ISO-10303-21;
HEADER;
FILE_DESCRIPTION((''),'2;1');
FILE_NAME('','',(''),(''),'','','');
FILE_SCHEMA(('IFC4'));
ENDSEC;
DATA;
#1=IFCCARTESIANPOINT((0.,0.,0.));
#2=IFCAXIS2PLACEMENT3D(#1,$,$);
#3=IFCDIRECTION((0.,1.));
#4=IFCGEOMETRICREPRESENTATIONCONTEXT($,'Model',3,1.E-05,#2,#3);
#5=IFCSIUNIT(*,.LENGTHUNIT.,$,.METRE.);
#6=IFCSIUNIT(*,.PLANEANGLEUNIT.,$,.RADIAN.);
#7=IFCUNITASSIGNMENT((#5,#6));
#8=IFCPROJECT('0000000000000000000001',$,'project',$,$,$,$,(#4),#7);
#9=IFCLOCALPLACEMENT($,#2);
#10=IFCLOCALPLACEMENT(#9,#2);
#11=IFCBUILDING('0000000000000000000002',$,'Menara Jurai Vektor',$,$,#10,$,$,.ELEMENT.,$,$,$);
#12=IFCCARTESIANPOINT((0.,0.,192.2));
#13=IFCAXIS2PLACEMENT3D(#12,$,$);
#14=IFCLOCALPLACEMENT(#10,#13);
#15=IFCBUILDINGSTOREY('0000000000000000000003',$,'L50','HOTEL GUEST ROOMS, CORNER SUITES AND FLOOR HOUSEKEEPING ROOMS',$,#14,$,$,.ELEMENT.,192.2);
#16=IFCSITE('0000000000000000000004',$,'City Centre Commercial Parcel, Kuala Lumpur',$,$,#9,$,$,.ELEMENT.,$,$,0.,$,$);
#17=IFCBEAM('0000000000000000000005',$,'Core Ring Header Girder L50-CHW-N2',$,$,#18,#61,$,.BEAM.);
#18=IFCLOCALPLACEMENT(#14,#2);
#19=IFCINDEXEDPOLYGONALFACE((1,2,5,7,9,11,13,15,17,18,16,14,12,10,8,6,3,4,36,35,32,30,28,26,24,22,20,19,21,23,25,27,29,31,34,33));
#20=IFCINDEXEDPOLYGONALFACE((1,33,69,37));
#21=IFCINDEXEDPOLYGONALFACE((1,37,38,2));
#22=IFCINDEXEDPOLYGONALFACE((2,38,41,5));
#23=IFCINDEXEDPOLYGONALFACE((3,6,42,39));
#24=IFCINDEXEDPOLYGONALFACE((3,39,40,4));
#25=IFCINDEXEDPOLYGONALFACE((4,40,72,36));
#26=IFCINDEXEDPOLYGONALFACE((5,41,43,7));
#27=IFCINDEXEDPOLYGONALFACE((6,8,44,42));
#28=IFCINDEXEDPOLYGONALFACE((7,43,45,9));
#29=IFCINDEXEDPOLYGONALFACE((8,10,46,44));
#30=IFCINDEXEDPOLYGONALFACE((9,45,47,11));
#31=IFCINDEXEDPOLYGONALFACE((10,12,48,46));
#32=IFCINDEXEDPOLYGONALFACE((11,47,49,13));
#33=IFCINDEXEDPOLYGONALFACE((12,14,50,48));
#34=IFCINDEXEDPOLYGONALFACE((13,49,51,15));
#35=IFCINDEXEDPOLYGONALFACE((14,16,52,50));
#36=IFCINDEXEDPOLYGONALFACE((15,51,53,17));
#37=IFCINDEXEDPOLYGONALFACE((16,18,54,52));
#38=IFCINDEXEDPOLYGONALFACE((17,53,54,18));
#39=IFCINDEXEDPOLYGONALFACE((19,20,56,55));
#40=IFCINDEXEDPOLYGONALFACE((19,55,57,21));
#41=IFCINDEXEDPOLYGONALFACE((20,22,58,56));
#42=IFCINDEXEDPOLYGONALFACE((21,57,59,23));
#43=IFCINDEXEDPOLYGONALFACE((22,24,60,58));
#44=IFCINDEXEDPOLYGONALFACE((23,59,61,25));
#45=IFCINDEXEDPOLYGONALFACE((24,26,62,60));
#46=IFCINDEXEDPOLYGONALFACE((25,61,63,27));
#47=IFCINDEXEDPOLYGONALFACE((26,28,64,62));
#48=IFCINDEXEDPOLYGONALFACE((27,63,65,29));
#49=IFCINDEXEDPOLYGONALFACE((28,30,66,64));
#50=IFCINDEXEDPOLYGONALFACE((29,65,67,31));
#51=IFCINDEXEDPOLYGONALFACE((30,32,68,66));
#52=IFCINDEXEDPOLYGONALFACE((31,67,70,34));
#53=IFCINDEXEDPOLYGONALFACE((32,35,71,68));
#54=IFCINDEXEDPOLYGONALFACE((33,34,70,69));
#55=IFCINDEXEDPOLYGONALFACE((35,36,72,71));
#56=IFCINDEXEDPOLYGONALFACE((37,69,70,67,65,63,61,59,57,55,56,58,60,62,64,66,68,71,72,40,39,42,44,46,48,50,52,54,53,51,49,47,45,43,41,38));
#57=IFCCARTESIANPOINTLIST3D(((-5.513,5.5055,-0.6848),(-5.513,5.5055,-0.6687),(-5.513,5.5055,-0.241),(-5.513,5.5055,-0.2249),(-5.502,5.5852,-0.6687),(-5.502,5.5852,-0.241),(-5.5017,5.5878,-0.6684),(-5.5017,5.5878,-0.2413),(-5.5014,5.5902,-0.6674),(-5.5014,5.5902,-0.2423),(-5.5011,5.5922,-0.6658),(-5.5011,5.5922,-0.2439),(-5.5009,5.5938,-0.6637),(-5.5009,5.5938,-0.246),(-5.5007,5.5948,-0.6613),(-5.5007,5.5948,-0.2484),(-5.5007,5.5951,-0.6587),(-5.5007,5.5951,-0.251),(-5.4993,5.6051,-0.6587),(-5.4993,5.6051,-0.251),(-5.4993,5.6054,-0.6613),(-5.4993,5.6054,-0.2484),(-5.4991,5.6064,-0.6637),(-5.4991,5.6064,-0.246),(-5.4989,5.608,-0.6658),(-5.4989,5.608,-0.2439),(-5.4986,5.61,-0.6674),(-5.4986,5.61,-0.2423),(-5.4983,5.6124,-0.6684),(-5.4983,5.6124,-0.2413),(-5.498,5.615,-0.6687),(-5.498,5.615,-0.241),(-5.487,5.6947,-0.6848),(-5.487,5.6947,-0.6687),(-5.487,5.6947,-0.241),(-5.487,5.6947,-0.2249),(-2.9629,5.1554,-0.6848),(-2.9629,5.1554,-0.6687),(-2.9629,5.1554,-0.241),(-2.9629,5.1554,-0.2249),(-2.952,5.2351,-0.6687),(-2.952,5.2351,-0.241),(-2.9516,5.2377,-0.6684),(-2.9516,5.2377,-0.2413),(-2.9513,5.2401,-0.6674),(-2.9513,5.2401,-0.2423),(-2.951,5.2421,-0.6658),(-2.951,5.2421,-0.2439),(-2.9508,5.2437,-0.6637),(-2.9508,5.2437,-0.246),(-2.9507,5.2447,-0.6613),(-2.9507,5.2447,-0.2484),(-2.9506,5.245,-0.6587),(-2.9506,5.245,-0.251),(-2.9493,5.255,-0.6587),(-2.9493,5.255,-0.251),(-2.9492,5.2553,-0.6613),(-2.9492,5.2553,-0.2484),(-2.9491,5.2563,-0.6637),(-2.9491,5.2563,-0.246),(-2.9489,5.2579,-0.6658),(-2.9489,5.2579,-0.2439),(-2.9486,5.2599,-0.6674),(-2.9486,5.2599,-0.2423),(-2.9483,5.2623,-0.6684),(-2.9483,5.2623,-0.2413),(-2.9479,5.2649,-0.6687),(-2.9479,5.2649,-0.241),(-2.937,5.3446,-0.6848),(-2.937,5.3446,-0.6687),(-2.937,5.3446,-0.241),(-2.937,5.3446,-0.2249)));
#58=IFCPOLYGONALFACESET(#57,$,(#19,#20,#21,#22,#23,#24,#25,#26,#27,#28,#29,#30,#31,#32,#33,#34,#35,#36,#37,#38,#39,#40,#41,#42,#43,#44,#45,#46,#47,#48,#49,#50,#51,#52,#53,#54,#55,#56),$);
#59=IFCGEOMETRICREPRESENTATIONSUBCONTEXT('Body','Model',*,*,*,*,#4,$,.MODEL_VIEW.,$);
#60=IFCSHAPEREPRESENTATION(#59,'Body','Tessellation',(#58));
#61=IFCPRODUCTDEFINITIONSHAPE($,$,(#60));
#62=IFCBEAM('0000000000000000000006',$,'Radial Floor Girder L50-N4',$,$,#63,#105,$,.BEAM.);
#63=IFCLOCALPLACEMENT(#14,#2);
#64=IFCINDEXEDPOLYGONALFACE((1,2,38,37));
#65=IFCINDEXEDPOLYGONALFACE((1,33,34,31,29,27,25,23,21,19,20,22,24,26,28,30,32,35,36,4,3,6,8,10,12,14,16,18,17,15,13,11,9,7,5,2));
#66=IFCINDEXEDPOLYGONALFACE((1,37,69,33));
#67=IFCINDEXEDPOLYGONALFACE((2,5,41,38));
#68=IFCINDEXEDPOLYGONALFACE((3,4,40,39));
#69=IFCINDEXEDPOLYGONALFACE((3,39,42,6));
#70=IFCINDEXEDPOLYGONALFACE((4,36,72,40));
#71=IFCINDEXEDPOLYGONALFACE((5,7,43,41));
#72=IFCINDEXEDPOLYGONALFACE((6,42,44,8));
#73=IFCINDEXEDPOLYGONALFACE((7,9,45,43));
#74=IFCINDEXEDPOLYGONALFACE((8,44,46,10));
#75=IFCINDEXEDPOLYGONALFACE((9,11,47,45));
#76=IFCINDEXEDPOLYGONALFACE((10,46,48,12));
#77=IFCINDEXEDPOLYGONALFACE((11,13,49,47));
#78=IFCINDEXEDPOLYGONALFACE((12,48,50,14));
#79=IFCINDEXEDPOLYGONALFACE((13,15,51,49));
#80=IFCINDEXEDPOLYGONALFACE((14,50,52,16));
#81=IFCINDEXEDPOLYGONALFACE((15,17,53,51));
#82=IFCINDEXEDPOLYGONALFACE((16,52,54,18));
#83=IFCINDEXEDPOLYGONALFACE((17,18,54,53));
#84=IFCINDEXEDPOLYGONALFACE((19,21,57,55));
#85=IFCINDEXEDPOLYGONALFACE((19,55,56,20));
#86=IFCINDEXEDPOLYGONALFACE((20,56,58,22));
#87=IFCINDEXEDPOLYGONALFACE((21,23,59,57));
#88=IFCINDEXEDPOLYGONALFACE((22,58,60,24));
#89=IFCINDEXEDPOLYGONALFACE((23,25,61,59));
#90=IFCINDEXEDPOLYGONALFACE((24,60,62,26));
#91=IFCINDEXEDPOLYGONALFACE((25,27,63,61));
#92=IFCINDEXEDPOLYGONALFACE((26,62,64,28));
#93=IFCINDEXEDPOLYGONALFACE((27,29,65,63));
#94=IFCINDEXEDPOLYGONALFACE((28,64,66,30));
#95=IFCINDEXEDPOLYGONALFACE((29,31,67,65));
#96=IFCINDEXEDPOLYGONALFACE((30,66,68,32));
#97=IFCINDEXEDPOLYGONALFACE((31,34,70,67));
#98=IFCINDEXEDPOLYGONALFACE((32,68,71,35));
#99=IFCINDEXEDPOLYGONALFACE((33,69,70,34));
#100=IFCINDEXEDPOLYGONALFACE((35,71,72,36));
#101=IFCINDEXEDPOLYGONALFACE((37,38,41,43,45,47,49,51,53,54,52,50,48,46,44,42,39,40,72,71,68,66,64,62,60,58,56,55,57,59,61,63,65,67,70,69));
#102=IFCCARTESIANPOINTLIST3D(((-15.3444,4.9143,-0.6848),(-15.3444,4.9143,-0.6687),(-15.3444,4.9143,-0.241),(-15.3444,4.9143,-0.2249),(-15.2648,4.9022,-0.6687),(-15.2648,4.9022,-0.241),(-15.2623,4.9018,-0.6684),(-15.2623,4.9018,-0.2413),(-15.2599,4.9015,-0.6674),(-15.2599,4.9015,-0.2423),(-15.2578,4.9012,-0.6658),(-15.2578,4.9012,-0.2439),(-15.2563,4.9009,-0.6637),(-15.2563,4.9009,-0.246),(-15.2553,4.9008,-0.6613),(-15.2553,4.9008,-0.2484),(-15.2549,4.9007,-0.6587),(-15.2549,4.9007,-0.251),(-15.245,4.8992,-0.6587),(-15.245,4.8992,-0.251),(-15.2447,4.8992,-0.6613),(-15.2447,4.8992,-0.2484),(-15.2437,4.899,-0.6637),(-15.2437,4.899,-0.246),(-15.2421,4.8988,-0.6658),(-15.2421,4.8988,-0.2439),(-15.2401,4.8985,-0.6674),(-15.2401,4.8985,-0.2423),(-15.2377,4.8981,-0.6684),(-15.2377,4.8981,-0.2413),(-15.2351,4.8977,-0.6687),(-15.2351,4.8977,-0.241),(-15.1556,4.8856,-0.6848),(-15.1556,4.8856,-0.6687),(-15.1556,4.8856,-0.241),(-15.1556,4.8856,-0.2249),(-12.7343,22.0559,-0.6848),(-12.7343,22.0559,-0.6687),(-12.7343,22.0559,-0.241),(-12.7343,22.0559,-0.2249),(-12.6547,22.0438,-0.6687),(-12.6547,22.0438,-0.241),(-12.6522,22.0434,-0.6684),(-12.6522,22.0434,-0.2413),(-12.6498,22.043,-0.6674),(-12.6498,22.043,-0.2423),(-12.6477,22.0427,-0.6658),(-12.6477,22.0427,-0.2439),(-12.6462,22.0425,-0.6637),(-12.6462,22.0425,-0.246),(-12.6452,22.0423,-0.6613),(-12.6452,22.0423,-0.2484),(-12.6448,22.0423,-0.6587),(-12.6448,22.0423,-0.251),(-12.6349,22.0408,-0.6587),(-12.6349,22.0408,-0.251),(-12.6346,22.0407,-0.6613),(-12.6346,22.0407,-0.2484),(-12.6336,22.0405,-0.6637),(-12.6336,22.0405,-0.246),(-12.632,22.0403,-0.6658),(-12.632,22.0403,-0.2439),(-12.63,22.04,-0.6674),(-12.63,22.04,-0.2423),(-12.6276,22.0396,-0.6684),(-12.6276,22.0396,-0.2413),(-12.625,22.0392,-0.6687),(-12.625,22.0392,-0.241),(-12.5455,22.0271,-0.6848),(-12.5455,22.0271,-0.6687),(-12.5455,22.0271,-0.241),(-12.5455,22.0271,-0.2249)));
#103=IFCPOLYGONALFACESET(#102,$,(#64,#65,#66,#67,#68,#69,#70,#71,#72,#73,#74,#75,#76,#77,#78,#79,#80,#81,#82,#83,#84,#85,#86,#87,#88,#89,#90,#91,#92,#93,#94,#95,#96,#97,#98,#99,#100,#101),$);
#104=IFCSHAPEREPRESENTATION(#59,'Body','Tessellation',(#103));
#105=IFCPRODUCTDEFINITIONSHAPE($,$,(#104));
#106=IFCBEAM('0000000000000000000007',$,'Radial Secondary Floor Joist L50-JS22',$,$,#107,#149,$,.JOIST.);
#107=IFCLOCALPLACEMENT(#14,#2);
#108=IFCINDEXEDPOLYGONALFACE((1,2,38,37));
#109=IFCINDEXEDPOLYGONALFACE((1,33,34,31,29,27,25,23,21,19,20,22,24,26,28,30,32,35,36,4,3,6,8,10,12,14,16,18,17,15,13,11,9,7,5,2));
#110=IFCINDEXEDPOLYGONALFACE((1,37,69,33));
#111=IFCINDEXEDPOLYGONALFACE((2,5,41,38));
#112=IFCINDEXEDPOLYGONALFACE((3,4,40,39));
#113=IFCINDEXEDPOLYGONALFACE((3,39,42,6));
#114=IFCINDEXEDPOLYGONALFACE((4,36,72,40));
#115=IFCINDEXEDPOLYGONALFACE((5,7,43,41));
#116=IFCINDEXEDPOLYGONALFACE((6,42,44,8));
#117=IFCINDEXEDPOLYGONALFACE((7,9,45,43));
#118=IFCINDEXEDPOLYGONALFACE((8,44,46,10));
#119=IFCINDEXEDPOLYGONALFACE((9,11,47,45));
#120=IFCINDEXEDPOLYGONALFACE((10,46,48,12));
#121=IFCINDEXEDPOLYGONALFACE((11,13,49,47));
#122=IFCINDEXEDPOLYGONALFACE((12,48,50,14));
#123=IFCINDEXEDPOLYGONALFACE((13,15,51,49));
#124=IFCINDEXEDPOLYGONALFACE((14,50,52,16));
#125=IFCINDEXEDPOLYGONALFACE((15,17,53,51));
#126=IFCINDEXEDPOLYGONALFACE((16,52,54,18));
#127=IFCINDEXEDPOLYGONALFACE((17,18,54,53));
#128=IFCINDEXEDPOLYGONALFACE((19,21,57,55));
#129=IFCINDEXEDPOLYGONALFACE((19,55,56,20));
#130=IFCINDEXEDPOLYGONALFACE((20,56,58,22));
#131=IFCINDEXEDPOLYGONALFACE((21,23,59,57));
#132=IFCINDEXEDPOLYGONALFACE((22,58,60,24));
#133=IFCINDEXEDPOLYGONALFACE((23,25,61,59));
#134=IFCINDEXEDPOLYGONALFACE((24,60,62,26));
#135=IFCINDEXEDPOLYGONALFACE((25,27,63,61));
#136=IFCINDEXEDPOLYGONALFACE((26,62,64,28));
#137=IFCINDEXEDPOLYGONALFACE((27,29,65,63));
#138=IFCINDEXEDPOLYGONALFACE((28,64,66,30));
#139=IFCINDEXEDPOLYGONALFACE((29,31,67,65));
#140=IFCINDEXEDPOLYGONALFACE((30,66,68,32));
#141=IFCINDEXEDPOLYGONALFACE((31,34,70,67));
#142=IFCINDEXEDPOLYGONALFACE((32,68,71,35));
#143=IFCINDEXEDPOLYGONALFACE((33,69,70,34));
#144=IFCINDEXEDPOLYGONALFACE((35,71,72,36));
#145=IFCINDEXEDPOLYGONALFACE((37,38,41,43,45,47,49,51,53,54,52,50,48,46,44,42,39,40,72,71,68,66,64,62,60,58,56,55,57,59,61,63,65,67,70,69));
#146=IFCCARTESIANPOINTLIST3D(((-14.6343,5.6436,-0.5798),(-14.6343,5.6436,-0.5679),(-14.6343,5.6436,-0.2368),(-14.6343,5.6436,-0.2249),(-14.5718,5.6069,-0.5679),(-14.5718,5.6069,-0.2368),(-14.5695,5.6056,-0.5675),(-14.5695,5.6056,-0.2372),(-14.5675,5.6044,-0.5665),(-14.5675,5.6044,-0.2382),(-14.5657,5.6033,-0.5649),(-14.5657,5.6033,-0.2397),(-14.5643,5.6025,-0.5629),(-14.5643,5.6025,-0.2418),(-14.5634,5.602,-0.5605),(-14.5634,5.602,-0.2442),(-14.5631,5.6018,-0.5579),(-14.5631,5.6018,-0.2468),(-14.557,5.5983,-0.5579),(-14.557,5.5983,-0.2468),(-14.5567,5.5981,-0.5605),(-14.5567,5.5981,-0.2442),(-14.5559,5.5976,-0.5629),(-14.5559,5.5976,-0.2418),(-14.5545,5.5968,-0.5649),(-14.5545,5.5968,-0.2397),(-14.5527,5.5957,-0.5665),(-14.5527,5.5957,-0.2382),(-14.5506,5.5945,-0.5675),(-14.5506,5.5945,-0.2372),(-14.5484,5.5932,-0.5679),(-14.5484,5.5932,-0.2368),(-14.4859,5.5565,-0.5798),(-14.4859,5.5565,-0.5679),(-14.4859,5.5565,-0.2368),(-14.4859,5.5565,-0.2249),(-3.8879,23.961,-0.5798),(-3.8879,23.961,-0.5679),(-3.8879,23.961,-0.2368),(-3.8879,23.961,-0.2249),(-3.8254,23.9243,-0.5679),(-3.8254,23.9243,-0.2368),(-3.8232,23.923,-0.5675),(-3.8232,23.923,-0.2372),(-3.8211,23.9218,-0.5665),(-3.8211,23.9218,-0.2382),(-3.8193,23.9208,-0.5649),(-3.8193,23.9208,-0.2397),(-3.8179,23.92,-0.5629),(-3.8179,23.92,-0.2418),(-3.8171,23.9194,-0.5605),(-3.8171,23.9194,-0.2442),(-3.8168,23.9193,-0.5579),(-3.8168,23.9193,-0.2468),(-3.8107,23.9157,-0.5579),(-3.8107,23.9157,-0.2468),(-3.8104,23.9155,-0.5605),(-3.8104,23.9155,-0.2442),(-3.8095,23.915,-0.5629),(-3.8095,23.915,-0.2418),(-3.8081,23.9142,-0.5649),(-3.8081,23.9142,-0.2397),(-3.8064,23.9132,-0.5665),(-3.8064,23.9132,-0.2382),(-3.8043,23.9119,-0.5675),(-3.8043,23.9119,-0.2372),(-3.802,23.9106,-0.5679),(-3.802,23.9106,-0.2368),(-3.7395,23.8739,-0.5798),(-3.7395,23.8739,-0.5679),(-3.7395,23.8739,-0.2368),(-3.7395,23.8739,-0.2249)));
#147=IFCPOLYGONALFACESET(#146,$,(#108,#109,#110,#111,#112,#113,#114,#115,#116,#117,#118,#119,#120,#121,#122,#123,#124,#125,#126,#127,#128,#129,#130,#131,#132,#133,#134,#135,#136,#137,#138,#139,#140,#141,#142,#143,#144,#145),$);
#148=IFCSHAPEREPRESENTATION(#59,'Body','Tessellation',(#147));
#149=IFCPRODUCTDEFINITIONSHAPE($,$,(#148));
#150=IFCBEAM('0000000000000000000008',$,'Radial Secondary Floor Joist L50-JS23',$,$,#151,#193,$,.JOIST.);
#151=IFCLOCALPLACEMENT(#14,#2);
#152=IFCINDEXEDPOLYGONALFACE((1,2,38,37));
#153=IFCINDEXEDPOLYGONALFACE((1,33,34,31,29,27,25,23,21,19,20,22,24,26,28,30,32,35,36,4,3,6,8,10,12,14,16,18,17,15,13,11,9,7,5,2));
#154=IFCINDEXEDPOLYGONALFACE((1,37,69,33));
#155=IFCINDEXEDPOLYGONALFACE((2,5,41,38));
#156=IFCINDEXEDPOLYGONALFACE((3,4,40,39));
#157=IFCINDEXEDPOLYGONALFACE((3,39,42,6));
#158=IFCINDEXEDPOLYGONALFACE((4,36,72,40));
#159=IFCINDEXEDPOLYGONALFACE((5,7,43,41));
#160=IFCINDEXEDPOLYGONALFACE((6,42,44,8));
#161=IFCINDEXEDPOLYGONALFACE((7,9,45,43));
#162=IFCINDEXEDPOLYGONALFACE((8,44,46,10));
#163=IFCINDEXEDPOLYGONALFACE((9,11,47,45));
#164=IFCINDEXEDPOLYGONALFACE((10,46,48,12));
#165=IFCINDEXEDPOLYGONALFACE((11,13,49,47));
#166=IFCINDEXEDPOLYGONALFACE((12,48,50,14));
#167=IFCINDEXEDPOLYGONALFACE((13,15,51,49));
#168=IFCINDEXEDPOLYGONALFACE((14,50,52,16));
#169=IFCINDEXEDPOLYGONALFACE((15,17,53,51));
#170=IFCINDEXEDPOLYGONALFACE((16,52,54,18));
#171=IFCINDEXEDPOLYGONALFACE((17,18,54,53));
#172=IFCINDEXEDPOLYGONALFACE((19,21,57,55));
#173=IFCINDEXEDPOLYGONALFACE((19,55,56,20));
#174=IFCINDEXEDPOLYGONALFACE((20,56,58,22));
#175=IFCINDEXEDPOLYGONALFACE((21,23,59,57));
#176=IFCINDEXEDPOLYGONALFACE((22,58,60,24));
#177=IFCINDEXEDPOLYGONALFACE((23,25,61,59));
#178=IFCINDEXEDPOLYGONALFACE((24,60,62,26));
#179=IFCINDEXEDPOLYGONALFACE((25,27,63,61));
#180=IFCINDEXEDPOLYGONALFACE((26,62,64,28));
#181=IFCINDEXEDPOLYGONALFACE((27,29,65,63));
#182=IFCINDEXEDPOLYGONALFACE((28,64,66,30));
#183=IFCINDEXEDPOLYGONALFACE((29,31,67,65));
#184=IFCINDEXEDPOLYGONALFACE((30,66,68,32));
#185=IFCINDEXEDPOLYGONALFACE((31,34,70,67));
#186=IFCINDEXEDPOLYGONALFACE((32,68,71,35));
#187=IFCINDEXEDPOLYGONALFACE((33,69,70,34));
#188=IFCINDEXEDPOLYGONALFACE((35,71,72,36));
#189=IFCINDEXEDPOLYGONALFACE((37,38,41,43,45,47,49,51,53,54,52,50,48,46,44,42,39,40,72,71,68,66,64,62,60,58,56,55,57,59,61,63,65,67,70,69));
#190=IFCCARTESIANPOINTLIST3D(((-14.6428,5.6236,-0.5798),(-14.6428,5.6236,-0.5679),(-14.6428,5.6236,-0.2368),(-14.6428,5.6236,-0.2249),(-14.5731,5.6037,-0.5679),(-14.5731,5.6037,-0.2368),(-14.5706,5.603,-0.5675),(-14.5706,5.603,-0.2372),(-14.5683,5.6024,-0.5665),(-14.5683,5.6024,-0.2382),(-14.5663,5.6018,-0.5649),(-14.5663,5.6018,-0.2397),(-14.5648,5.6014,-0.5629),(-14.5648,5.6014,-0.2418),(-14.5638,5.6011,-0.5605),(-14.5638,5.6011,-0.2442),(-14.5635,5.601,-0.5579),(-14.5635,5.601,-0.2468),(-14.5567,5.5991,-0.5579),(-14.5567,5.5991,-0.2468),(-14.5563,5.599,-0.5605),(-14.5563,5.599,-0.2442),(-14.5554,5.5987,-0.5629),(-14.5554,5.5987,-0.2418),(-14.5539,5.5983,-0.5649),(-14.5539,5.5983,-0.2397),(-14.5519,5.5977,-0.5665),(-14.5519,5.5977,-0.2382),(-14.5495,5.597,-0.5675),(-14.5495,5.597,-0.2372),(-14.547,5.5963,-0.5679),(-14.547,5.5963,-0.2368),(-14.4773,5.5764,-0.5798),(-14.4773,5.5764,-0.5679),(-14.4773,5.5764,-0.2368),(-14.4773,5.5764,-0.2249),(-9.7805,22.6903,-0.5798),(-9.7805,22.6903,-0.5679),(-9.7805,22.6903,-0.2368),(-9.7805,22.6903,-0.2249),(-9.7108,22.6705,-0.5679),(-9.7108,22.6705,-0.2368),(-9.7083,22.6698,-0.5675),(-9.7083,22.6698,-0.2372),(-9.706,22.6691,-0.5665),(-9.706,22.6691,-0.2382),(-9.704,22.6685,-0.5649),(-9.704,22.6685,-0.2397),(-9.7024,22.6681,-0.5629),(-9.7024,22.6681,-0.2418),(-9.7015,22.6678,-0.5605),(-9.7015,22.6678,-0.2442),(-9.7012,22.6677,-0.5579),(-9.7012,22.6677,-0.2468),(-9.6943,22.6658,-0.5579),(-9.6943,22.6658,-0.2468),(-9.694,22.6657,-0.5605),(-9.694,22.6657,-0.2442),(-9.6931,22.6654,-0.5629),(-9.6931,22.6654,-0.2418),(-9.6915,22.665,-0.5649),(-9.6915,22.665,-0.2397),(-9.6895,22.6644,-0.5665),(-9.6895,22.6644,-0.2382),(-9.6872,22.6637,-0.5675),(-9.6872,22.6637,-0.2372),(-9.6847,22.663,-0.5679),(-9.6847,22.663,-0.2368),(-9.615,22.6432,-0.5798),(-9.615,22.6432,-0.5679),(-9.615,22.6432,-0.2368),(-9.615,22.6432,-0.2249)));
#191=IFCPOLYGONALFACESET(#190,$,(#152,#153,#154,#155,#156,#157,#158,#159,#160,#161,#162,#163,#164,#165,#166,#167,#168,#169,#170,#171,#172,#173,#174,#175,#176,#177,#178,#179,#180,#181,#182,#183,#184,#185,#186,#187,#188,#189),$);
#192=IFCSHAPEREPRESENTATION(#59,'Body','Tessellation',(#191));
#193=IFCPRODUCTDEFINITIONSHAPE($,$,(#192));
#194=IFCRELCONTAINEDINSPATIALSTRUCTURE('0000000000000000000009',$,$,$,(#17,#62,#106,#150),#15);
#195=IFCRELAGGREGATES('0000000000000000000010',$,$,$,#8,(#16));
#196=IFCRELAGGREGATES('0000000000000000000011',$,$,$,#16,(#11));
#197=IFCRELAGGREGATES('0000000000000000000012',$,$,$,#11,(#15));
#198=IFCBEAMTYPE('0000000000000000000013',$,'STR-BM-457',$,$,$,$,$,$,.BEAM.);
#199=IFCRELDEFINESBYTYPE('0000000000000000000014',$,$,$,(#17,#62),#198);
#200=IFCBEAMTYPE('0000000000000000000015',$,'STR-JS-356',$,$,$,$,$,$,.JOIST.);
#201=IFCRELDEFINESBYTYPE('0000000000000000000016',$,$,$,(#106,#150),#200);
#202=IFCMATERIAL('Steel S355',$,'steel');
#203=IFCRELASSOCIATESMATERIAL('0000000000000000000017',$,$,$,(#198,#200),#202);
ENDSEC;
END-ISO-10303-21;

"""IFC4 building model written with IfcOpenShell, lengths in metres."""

from ifc_helpers import new_model, si_unit, direction, frame, origin, origin_2d, place, context, subcontext, project, spatial, i_section, extrude, material, material_profile, profile_set, type_object, element, save


model = new_model("IFC4")

# Units and contexts
model_context = context("Model", 3, precision=1e-05, world=origin(), true_north=direction((0.0, 1.0)))
body_context = subcontext(model_context, "Body", "Model", "MODEL_VIEW")
ifc_project = project(units=[si_unit("LENGTHUNIT", "METRE"), si_unit("PLANEANGLEUNIT", "RADIAN")], contexts=[model_context])

# Site, building, storey
site_placement = place(None, origin())
site = spatial("IfcSite", under=ifc_project, at=site_placement, Name="City Centre Commercial Parcel, Kuala Lumpur", CompositionType="ELEMENT", RefElevation=0.0)
building_placement = place(site_placement, origin())
building = spatial("IfcBuilding", under=site, at=building_placement, Name="Menara Jurai Vektor", CompositionType="ELEMENT")
storey_placement = place(building_placement, frame((0.0, 0.0, 192.2)))
storey = spatial("IfcBuildingStorey", under=building, at=storey_placement, Name="L50", Description="HOTEL GUEST ROOMS, CORNER SUITES AND FLOOR HOUSEKEEPING ROOMS", CompositionType="ELEMENT", Elevation=192.2)

# Beams
ifc_material_1 = material(Name="Steel S355", Category="steel")
ifc_material_profile_1 = material_profile(ifc_material_1, i_section(OverallWidth=0.1909, OverallDepth=0.46, WebThickness=0.01, FlangeThickness=0.0161, FilletRadius=0.01, at=origin_2d()), Name="UKB 457x191x82")
ifc_profile_set_1 = profile_set([ifc_material_profile_1], Name="Steel S355")
beam_type_1 = type_object("IfcBeamType", Name="STR-BM-457", PredefinedType="BEAM", material=ifc_profile_set_1)
beam_1_placement = place(storey_placement, frame((-5.5, 5.6001, -0.4548), z_axis=(0.990707, -0.136015, 0.0), x_axis=(0.136015, 0.990707, 0.0)))
element("IfcBeam", 1, at=beam_1_placement, inside=storey, type_object=beam_type_1, Name="Core Ring Header Girder L50-CHW-N2", PredefinedType="BEAM", context=body_context, shape_type="SweptSolid", body=[
    extrude(i_section(OverallWidth=0.1909, OverallDepth=0.46, WebThickness=0.01, FlangeThickness=0.0161, FilletRadius=0.01, at=origin_2d()), origin(), (0.0, 0.0, 1.0), 2.574),
])
beam_2_placement = place(storey_placement, frame((-12.6399, 22.0415, -0.4548), z_axis=(-0.150532, -0.988605, 0.0), x_axis=(0.988605, -0.150532, 0.0)))
element("IfcBeam", 2, at=beam_2_placement, inside=storey, type_object=beam_type_1, Name="Radial Floor Girder L50-N4", PredefinedType="BEAM", context=body_context, shape_type="SweptSolid", body=[
    extrude(i_section(OverallWidth=0.1909, OverallDepth=0.46, WebThickness=0.01, FlangeThickness=0.0161, FilletRadius=0.01, at=origin_2d()), origin(), (0.0, 0.0, 1.0), 17.3391),
])
ifc_material_profile_2 = material_profile(ifc_material_1, i_section(OverallWidth=0.1721, OverallDepth=0.355, WebThickness=0.0071, FlangeThickness=0.012, FilletRadius=0.01, at=origin_2d()), Name="UKB 356x171x51")
ifc_profile_set_2 = profile_set([ifc_material_profile_2], Name="Steel S355")
beam_type_2 = type_object("IfcBeamType", Name="STR-JS-356", PredefinedType="JOIST", material=ifc_profile_set_2)
beam_3_placement = place(storey_placement, frame((-3.8137, 23.9175, -0.4023), z_axis=(-0.50602, -0.862522, 0.0), x_axis=(0.862522, -0.50602, 0.0)))
element("IfcBeam", 3, at=beam_3_placement, inside=storey, type_object=beam_type_2, Name="Radial Secondary Floor Joist L50-JS22", PredefinedType="JOIST", context=body_context, shape_type="SweptSolid", body=[
    extrude(i_section(OverallWidth=0.1721, OverallDepth=0.355, WebThickness=0.0071, FlangeThickness=0.012, FilletRadius=0.01, at=origin_2d()), origin(), (0.0, 0.0, 1.0), 21.2371),
])
beam_4_placement = place(storey_placement, frame((-9.6978, 22.6667, -0.4023), z_axis=(-0.273998, -0.96173, 0.0), x_axis=(0.96173, -0.273998, 0.0)))
element("IfcBeam", 4, at=beam_4_placement, inside=storey, type_object=beam_type_2, Name="Radial Secondary Floor Joist L50-JS23", PredefinedType="JOIST", context=body_context, shape_type="SweptSolid", body=[
    extrude(i_section(OverallWidth=0.1721, OverallDepth=0.355, WebThickness=0.0071, FlangeThickness=0.012, FilletRadius=0.01, at=origin_2d()), origin(), (0.0, 0.0, 1.0), 17.7458),
])

save(model, "model.ifc")
